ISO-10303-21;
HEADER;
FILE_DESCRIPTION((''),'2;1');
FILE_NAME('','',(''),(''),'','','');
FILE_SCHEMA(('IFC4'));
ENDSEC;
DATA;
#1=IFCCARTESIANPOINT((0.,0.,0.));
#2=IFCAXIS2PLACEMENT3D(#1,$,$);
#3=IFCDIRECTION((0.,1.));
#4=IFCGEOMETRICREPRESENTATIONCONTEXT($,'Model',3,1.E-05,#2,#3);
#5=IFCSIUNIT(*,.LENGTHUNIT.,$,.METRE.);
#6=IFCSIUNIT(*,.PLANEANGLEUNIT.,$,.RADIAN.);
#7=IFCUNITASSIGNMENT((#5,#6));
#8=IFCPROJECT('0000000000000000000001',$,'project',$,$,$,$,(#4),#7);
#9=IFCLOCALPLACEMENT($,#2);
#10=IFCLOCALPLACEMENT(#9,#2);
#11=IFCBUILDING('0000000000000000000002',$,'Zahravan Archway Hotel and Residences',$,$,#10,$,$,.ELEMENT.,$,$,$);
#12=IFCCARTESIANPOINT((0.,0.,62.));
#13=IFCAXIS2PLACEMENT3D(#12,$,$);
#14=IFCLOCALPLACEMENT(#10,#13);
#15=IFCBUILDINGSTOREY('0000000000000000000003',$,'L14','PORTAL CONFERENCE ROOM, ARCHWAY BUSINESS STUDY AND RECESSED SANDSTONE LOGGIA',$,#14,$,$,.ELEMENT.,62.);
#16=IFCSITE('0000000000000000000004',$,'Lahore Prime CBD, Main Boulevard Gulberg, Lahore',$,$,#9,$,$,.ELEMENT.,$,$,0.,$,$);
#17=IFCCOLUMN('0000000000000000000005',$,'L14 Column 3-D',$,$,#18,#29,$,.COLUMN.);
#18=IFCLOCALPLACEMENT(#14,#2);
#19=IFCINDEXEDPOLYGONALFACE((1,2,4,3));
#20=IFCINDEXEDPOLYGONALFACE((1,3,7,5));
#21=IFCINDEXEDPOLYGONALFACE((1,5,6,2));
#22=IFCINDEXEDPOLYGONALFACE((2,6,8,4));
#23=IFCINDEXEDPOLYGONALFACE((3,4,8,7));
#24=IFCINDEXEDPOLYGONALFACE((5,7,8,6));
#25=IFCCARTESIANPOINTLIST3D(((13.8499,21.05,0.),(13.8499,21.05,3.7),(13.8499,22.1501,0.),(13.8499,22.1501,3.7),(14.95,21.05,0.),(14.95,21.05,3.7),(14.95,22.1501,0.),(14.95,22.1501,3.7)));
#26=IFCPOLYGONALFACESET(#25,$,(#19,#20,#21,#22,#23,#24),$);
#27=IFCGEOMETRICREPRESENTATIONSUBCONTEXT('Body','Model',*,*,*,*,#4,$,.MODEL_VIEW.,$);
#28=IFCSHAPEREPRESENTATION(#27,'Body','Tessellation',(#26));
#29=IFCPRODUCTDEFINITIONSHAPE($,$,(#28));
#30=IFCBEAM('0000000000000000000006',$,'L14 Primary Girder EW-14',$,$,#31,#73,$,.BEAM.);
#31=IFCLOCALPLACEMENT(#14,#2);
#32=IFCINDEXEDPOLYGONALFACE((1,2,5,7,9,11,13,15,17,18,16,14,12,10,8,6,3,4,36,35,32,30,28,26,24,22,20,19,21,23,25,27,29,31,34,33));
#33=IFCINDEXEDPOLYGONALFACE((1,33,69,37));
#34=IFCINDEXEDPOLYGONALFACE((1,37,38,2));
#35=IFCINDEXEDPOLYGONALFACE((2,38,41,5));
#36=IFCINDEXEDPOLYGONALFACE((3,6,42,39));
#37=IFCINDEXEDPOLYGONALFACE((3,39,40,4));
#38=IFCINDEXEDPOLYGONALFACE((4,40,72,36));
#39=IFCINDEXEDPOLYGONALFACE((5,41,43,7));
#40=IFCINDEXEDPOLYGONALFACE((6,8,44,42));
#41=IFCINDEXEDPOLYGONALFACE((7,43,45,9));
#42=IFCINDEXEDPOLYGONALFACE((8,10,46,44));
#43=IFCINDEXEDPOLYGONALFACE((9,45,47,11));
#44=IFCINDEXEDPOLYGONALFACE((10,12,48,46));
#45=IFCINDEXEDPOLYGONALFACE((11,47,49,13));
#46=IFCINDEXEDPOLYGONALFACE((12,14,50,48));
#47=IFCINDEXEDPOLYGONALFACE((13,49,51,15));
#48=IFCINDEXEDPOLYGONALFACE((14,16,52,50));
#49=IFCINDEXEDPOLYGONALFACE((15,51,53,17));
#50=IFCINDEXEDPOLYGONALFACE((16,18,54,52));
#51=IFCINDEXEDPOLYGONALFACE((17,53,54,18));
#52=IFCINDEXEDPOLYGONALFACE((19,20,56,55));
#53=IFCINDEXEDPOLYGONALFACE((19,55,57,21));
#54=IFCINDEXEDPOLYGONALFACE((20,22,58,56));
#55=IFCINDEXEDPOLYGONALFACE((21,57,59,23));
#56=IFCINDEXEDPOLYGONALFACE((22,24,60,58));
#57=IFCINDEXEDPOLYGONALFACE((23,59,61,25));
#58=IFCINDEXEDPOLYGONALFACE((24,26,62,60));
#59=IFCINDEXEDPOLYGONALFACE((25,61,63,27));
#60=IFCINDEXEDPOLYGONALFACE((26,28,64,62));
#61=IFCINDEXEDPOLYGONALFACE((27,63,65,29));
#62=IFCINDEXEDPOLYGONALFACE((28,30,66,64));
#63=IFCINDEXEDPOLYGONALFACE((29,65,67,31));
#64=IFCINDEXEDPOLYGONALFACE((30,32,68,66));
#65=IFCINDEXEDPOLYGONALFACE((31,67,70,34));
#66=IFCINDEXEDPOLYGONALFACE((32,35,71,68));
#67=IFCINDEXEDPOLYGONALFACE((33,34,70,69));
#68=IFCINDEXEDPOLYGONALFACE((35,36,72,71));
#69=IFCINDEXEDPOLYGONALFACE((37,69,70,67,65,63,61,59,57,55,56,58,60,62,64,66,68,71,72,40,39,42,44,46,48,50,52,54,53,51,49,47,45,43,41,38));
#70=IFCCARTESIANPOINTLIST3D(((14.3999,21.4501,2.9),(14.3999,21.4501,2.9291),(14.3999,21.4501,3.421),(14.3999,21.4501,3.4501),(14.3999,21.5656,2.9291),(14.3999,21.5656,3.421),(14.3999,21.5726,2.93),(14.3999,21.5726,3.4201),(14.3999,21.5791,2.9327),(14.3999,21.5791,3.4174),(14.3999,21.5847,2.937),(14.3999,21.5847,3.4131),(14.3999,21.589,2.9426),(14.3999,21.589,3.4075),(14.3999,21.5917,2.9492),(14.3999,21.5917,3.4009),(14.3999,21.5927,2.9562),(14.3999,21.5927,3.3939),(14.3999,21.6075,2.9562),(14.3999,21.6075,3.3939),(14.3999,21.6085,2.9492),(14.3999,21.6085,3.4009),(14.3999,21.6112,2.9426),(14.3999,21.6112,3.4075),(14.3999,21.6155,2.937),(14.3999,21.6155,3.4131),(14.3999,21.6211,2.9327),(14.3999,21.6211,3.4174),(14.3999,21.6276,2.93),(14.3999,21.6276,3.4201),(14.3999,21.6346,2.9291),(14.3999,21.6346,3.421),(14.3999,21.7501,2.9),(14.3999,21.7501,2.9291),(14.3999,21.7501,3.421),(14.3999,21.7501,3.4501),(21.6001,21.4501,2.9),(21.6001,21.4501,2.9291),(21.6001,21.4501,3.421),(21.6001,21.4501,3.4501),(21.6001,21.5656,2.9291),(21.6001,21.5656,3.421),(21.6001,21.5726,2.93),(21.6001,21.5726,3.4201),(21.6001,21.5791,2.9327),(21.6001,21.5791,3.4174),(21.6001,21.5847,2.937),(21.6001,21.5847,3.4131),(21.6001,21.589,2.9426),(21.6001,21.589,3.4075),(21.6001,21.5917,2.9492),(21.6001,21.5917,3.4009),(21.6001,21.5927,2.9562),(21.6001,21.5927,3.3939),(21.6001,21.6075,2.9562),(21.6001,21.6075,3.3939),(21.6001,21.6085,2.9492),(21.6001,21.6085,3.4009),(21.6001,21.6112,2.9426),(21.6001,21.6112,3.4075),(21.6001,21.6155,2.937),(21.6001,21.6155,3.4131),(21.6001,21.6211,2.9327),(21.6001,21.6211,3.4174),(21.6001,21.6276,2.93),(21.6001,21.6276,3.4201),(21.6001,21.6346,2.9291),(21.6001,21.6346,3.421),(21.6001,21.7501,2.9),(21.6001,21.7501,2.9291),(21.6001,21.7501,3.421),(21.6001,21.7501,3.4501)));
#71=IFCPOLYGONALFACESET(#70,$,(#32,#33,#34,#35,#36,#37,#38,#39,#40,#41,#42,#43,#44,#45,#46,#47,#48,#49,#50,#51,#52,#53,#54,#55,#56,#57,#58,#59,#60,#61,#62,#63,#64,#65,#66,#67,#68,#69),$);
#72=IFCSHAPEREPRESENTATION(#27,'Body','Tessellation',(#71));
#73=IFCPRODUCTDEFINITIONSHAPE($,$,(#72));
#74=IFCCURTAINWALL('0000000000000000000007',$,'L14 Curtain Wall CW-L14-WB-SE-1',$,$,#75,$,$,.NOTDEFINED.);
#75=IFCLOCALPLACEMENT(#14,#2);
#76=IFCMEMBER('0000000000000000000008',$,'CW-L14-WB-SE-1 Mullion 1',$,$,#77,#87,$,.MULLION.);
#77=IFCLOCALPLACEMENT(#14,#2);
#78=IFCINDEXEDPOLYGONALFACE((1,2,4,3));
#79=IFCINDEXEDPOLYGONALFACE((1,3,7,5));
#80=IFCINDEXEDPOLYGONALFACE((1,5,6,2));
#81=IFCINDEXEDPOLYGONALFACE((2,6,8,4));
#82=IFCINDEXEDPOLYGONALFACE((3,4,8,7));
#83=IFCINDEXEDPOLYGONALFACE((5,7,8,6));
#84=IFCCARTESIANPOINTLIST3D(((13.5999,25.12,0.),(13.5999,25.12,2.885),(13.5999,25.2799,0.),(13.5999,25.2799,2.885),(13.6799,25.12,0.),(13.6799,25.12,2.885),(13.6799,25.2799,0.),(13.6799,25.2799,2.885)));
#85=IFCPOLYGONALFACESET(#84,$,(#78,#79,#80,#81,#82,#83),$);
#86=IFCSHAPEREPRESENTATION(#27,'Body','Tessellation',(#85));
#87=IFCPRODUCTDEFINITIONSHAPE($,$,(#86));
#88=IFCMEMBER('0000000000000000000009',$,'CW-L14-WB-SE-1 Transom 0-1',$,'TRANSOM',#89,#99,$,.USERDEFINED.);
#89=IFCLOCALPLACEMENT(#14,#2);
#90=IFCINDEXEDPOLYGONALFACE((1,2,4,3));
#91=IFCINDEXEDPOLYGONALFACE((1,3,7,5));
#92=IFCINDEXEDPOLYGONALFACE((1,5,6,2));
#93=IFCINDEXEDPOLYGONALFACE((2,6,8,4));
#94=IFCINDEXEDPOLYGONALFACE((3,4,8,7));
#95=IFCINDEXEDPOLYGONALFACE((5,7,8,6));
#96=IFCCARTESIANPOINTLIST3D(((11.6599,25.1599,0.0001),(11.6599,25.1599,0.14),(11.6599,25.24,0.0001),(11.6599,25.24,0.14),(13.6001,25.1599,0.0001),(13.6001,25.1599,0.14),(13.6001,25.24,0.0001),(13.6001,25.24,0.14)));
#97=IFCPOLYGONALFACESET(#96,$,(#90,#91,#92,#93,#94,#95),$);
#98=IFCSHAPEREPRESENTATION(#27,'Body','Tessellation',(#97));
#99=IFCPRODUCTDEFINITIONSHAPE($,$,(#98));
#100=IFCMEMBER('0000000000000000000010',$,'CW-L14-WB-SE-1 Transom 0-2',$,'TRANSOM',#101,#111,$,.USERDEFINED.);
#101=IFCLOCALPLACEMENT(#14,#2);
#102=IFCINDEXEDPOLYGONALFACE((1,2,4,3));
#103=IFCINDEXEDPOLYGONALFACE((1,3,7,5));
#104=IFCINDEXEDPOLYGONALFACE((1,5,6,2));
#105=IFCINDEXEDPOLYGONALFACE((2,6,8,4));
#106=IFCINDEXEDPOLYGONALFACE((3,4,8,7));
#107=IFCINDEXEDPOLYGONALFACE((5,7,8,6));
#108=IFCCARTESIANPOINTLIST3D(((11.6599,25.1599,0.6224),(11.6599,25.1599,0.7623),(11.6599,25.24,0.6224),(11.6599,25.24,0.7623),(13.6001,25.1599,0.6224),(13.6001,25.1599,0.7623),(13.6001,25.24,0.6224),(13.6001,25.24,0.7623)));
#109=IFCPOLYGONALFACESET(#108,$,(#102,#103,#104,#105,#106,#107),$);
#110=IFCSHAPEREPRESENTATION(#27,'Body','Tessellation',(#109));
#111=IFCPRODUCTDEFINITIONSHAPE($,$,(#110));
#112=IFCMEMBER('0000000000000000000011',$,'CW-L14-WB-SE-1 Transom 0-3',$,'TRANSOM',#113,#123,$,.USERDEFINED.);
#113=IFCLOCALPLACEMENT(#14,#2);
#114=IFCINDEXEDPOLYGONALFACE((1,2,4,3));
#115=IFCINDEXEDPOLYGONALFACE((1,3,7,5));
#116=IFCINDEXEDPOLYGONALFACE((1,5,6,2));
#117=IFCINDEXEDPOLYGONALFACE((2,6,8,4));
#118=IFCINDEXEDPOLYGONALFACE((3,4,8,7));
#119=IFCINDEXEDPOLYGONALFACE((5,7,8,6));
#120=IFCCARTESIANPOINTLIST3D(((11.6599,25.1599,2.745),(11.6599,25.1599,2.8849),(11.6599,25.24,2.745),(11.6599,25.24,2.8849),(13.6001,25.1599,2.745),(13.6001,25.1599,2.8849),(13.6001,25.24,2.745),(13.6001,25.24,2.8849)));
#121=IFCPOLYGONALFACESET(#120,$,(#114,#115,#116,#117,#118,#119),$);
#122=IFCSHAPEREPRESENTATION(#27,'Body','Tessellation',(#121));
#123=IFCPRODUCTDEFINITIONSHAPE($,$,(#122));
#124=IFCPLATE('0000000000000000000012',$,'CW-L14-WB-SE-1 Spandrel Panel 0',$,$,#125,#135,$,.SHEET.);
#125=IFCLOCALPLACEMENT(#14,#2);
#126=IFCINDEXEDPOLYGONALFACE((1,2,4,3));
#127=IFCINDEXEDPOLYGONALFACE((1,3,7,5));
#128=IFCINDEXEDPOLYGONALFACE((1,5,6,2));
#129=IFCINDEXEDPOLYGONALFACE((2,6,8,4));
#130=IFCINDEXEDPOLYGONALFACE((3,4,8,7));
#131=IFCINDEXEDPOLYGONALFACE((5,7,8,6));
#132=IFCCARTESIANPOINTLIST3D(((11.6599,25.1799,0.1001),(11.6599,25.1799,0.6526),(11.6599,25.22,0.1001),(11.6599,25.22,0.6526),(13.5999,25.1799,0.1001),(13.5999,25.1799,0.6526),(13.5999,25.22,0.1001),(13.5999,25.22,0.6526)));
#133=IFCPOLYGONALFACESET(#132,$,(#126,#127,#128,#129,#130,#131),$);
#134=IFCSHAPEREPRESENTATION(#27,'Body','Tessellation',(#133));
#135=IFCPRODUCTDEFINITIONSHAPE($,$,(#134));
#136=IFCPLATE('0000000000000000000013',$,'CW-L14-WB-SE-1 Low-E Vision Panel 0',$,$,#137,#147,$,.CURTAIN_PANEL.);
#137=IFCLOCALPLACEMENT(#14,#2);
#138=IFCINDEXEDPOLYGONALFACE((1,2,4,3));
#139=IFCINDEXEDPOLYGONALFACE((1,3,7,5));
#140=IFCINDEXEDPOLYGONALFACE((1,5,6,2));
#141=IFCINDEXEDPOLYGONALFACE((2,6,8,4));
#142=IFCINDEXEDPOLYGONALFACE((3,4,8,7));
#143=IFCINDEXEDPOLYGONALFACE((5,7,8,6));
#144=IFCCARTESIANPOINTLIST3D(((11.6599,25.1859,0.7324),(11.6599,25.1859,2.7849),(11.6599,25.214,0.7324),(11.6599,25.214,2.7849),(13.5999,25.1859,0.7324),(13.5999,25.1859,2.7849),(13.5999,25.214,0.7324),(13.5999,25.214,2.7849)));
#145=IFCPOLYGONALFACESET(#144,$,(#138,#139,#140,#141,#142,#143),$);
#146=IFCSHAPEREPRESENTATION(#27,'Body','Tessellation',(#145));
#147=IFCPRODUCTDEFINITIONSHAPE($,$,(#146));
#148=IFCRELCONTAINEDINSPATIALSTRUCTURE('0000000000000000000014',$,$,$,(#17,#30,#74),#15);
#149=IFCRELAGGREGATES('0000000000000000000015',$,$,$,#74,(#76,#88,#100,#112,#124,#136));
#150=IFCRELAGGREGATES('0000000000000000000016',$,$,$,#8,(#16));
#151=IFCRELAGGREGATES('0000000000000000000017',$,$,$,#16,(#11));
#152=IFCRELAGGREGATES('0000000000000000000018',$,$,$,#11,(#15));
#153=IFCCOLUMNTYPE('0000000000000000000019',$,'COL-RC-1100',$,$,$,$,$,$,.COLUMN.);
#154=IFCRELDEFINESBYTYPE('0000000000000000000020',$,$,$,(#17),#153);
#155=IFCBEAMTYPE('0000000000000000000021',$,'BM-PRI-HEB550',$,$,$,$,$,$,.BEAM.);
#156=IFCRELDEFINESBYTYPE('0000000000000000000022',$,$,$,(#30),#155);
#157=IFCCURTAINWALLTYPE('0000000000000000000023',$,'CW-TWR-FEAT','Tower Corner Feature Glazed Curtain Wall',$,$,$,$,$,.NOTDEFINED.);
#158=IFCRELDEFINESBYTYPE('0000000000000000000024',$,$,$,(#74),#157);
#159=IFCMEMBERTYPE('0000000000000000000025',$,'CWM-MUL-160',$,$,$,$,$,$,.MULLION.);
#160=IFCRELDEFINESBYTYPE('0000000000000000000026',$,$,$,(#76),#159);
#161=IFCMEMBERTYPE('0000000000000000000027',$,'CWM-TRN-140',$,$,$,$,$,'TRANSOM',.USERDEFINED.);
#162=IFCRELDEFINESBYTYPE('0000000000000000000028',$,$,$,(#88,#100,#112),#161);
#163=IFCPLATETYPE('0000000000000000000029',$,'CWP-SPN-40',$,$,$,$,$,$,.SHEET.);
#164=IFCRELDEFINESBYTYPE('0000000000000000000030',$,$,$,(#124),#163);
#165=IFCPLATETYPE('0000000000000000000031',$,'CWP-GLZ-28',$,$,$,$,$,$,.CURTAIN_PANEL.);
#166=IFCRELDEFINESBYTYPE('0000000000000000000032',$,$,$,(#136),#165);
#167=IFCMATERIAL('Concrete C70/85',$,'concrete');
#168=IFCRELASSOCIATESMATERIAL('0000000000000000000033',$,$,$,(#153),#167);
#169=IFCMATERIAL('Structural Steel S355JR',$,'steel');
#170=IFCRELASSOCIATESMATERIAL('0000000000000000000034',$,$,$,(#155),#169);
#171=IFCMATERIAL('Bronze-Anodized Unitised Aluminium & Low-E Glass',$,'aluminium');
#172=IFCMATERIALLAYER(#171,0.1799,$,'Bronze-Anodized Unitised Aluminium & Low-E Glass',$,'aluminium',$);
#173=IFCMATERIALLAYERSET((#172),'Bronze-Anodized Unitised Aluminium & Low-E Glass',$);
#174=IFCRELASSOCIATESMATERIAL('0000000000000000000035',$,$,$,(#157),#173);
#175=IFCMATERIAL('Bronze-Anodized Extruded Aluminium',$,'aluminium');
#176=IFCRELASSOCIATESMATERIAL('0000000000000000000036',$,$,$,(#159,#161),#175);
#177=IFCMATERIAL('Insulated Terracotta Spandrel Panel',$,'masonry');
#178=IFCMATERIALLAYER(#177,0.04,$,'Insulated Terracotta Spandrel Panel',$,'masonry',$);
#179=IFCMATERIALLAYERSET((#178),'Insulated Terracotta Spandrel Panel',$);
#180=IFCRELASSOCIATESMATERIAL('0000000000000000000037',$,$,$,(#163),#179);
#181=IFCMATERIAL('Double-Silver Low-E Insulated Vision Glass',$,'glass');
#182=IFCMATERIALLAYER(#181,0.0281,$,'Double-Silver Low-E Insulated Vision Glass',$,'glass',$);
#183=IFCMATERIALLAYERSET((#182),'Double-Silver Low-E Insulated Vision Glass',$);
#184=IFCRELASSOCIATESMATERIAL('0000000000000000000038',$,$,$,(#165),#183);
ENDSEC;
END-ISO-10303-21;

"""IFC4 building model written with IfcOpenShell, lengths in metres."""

from ifc_helpers import new_model, si_unit, direction, frame, origin, origin_2d, place, context, subcontext, project, spatial, rectangle, i_section, extrude, source, transform, mapped, material, layer, layer_set, material_profile, profile_set, type_object, type_shapes, element, aggregate, save


model = new_model("IFC4")

# Units and contexts
model_context = context("Model", 3, precision=1e-05, world=origin(), true_north=direction((0.0, 1.0)))
body_context = subcontext(model_context, "Body", "Model", "MODEL_VIEW")
ifc_project = project(units=[si_unit("LENGTHUNIT", "METRE"), si_unit("PLANEANGLEUNIT", "RADIAN")], contexts=[model_context])

# Site, building, storey
site_placement = place(None, origin())
site = spatial("IfcSite", under=ifc_project, at=site_placement, Name="Lahore Prime CBD, Main Boulevard Gulberg, Lahore", CompositionType="ELEMENT", RefElevation=0.0)
building_placement = place(site_placement, origin())
building = spatial("IfcBuilding", under=site, at=building_placement, Name="Zahravan Archway Hotel and Residences", CompositionType="ELEMENT")
storey_placement = place(building_placement, frame((0.0, 0.0, 62.0)))
storey = spatial("IfcBuildingStorey", under=building, at=storey_placement, Name="L14", Description="PORTAL CONFERENCE ROOM, ARCHWAY BUSINESS STUDY AND RECESSED SANDSTONE LOGGIA", CompositionType="ELEMENT", Elevation=62.0)

# Column
ifc_material_1 = material(Name="Concrete C70/85", Category="concrete")
ifc_material_profile_1 = material_profile(ifc_material_1, rectangle(XDim=1.1001, YDim=1.1001, at=origin_2d()), Name="RC 1100x1100", Category="concrete")
ifc_profile_set_1 = profile_set([ifc_material_profile_1], Name="Concrete C70/85")
column_type = type_object("IfcColumnType", Name="COL-RC-1100", PredefinedType="COLUMN", material=ifc_profile_set_1)
shared_shape_1 = source(origin(), body_context, "Body", "SweptSolid", [
    extrude(rectangle(XDim=1.1001, YDim=1.1001, at=origin_2d()), origin(), (0.0, 0.0, 1.0), 3.7),
])
column_placement = place(storey_placement, frame((14.3999, 21.6001, 0.0), z_axis=(0.0, 0.0, 1.0), x_axis=(1.0, 0.0, 0.0)))
element("IfcColumn", 1, at=column_placement, inside=storey, type_object=column_type, Name="L14 Column 3-D", PredefinedType="COLUMN", context=body_context, shape_type="MappedRepresentation", body=[
    mapped(shared_shape_1, transform((0.0, 0.0, 0.0), scale=1.0)),
])

# Beam
ifc_material_2 = material(Name="Structural Steel S355JR", Category="steel")
ifc_material_profile_2 = material_profile(ifc_material_2, i_section(OverallWidth=0.3, OverallDepth=0.55, WebThickness=0.0149, FlangeThickness=0.0291, FilletRadius=0.0271, at=origin_2d()), Name="HEB 550", Category="steel")
ifc_profile_set_2 = profile_set([ifc_material_profile_2], Name="Structural Steel S355JR")
beam_type = type_object("IfcBeamType", Name="BM-PRI-HEB550", PredefinedType="BEAM", material=ifc_profile_set_2)
shared_shape_2 = source(origin(), body_context, "Body", "SweptSolid", [
    extrude(i_section(OverallWidth=0.3, OverallDepth=0.55, WebThickness=0.0149, FlangeThickness=0.0291, FilletRadius=0.0271, at=origin_2d()), origin(), (0.0, 0.0, 1.0), 7.2002),
])
type_shapes(beam_type, [shared_shape_2])
beam_placement = place(storey_placement, frame((14.3999, 21.6001, 3.175), z_axis=(1.0, 0.0, 0.0), x_axis=(0.0, 1.0, 0.0)))
element("IfcBeam", 2, at=beam_placement, inside=storey, type_object=beam_type, Name="L14 Primary Girder EW-14", PredefinedType="BEAM", context=body_context, shape_type="MappedRepresentation", body=[
    mapped(shared_shape_2, transform((0.0, 0.0, 0.0), scale=1.0)),
])

# Curtain wall, members, plates
ifc_material_3 = material(Name="Bronze-Anodized Unitised Aluminium & Low-E Glass", Category="aluminium")
ifc_layer_1 = layer(ifc_material_3, 0.1799, Name="Bronze-Anodized Unitised Aluminium & Low-E Glass", Category="aluminium")
ifc_layer_set_1 = layer_set([ifc_layer_1], Name="Bronze-Anodized Unitised Aluminium & Low-E Glass")
curtain_wall_type = type_object("IfcCurtainWallType", Name="CW-TWR-FEAT", Description="Tower Corner Feature Glazed Curtain Wall", PredefinedType="NOTDEFINED", material=ifc_layer_set_1)
curtain_wall_placement = place(storey_placement, origin())
curtain_wall = element("IfcCurtainWall", 3, at=curtain_wall_placement, inside=storey, type_object=curtain_wall_type, Name="L14 Curtain Wall CW-L14-WB-SE-1", PredefinedType="NOTDEFINED")
ifc_material_4 = material(Name="Bronze-Anodized Extruded Aluminium", Category="aluminium")
ifc_material_profile_3 = material_profile(ifc_material_4, rectangle(XDim=0.0801, YDim=0.1599, at=origin_2d()), Name="MUL 80x160", Category="aluminium")
ifc_profile_set_3 = profile_set([ifc_material_profile_3], Name="Bronze-Anodized Extruded Aluminium")
member_type_1 = type_object("IfcMemberType", Name="CWM-MUL-160", PredefinedType="MULLION", material=ifc_profile_set_3)
shared_shape_3 = source(origin(), body_context, "Body", "SweptSolid", [
    extrude(rectangle(XDim=0.0801, YDim=0.1599, at=origin_2d()), origin(), (0.0, 0.0, 1.0), 2.885),
])
member_1_placement = place(storey_placement, frame((13.6399, 25.2, 0.0), z_axis=(0.0, 0.0, 1.0), x_axis=(1.0, 0.0, 0.0)))
member_1 = element("IfcMember", 4, at=member_1_placement, type_object=member_type_1, Name="CW-L14-WB-SE-1 Mullion 1", PredefinedType="MULLION", context=body_context, shape_type="MappedRepresentation", body=[
    mapped(shared_shape_3, transform((0.0, 0.0, 0.0), scale=1.0)),
])
ifc_material_profile_4 = material_profile(ifc_material_4, rectangle(XDim=0.0801, YDim=0.1399, at=origin_2d()), Name="TRN 80x140", Category="aluminium")
ifc_profile_set_4 = profile_set([ifc_material_profile_4], Name="Bronze-Anodized Extruded Aluminium")
member_type_2 = type_object("IfcMemberType", Name="CWM-TRN-140", ElementType="TRANSOM", PredefinedType="USERDEFINED", material=ifc_profile_set_4)
shared_shape_4 = source(origin(), body_context, "Body", "SweptSolid", [
    extrude(rectangle(XDim=0.0801, YDim=0.1399, at=origin_2d()), origin(), (0.0, 0.0, 1.0), 1.9402),
])
member_2_placement = place(storey_placement, frame((11.6599, 25.2, 0.0701), z_axis=(1.0, 0.0, 0.0), x_axis=(0.0, 1.0, 0.0)))
member_2 = element("IfcMember", 5, at=member_2_placement, type_object=member_type_2, Name="CW-L14-WB-SE-1 Transom 0-1", ObjectType="TRANSOM", PredefinedType="USERDEFINED", context=body_context, shape_type="MappedRepresentation", body=[
    mapped(shared_shape_4, transform((0.0, 0.0, 0.0), scale=1.0)),
])
member_3_placement = place(storey_placement, frame((11.6599, 25.2, 0.6924), z_axis=(1.0, 0.0, 0.0), x_axis=(0.0, 1.0, 0.0)))
member_3 = element("IfcMember", 6, at=member_3_placement, type_object=member_type_2, Name="CW-L14-WB-SE-1 Transom 0-2", ObjectType="TRANSOM", PredefinedType="USERDEFINED", context=body_context, shape_type="MappedRepresentation", body=[
    mapped(shared_shape_4, transform((0.0, 0.0, 0.0), scale=1.0)),
])
member_4_placement = place(storey_placement, frame((11.6599, 25.2, 2.8149), z_axis=(1.0, 0.0, 0.0), x_axis=(0.0, 1.0, 0.0)))
member_4 = element("IfcMember", 7, at=member_4_placement, type_object=member_type_2, Name="CW-L14-WB-SE-1 Transom 0-3", ObjectType="TRANSOM", PredefinedType="USERDEFINED", context=body_context, shape_type="MappedRepresentation", body=[
    mapped(shared_shape_4, transform((0.0, 0.0, 0.0), scale=1.0)),
])
ifc_material_5 = material(Name="Insulated Terracotta Spandrel Panel", Category="masonry")
ifc_layer_2 = layer(ifc_material_5, 0.04, Name="Insulated Terracotta Spandrel Panel", Category="masonry")
ifc_layer_set_2 = layer_set([ifc_layer_2], Name="Insulated Terracotta Spandrel Panel")
plate_type_1 = type_object("IfcPlateType", Name="CWP-SPN-40", PredefinedType="SHEET", material=ifc_layer_set_2)
shared_shape_5 = source(origin(), body_context, "Body", "SweptSolid", [
    extrude(rectangle(XDim=1.9399, YDim=0.04, at=origin_2d()), origin(), (0.0, 0.0, 1.0), 0.5525),
])
plate_1_placement = place(storey_placement, frame((12.6299, 25.2, 0.1001), z_axis=(0.0, 0.0, 1.0), x_axis=(1.0, 0.0, 0.0)))
plate_1 = element("IfcPlate", 8, at=plate_1_placement, type_object=plate_type_1, Name="CW-L14-WB-SE-1 Spandrel Panel 0", PredefinedType="SHEET", context=body_context, shape_type="MappedRepresentation", body=[
    mapped(shared_shape_5, transform((0.0, 0.0, 0.0), scale=1.0)),
])
ifc_material_6 = material(Name="Double-Silver Low-E Insulated Vision Glass", Category="glass")
ifc_layer_3 = layer(ifc_material_6, 0.0281, Name="Double-Silver Low-E Insulated Vision Glass", Category="glass")
ifc_layer_set_3 = layer_set([ifc_layer_3], Name="Double-Silver Low-E Insulated Vision Glass")
plate_type_2 = type_object("IfcPlateType", Name="CWP-GLZ-28", PredefinedType="CURTAIN_PANEL", material=ifc_layer_set_3)
shared_shape_6 = source(origin(), body_context, "Body", "SweptSolid", [
    extrude(rectangle(XDim=1.9399, YDim=0.0281, at=origin_2d()), origin(), (0.0, 0.0, 1.0), 2.0525),
])
plate_2_placement = place(storey_placement, frame((12.6299, 25.2, 0.7324), z_axis=(0.0, 0.0, 1.0), x_axis=(1.0, 0.0, 0.0)))
plate_2 = element("IfcPlate", 9, at=plate_2_placement, type_object=plate_type_2, Name="CW-L14-WB-SE-1 Low-E Vision Panel 0", PredefinedType="CURTAIN_PANEL", context=body_context, shape_type="MappedRepresentation", body=[
    mapped(shared_shape_6, transform((0.0, 0.0, 0.0), scale=1.0)),
])
aggregate(curtain_wall, [member_1, member_2, member_3, member_4, plate_1, plate_2])

save(model, "model.ifc")
